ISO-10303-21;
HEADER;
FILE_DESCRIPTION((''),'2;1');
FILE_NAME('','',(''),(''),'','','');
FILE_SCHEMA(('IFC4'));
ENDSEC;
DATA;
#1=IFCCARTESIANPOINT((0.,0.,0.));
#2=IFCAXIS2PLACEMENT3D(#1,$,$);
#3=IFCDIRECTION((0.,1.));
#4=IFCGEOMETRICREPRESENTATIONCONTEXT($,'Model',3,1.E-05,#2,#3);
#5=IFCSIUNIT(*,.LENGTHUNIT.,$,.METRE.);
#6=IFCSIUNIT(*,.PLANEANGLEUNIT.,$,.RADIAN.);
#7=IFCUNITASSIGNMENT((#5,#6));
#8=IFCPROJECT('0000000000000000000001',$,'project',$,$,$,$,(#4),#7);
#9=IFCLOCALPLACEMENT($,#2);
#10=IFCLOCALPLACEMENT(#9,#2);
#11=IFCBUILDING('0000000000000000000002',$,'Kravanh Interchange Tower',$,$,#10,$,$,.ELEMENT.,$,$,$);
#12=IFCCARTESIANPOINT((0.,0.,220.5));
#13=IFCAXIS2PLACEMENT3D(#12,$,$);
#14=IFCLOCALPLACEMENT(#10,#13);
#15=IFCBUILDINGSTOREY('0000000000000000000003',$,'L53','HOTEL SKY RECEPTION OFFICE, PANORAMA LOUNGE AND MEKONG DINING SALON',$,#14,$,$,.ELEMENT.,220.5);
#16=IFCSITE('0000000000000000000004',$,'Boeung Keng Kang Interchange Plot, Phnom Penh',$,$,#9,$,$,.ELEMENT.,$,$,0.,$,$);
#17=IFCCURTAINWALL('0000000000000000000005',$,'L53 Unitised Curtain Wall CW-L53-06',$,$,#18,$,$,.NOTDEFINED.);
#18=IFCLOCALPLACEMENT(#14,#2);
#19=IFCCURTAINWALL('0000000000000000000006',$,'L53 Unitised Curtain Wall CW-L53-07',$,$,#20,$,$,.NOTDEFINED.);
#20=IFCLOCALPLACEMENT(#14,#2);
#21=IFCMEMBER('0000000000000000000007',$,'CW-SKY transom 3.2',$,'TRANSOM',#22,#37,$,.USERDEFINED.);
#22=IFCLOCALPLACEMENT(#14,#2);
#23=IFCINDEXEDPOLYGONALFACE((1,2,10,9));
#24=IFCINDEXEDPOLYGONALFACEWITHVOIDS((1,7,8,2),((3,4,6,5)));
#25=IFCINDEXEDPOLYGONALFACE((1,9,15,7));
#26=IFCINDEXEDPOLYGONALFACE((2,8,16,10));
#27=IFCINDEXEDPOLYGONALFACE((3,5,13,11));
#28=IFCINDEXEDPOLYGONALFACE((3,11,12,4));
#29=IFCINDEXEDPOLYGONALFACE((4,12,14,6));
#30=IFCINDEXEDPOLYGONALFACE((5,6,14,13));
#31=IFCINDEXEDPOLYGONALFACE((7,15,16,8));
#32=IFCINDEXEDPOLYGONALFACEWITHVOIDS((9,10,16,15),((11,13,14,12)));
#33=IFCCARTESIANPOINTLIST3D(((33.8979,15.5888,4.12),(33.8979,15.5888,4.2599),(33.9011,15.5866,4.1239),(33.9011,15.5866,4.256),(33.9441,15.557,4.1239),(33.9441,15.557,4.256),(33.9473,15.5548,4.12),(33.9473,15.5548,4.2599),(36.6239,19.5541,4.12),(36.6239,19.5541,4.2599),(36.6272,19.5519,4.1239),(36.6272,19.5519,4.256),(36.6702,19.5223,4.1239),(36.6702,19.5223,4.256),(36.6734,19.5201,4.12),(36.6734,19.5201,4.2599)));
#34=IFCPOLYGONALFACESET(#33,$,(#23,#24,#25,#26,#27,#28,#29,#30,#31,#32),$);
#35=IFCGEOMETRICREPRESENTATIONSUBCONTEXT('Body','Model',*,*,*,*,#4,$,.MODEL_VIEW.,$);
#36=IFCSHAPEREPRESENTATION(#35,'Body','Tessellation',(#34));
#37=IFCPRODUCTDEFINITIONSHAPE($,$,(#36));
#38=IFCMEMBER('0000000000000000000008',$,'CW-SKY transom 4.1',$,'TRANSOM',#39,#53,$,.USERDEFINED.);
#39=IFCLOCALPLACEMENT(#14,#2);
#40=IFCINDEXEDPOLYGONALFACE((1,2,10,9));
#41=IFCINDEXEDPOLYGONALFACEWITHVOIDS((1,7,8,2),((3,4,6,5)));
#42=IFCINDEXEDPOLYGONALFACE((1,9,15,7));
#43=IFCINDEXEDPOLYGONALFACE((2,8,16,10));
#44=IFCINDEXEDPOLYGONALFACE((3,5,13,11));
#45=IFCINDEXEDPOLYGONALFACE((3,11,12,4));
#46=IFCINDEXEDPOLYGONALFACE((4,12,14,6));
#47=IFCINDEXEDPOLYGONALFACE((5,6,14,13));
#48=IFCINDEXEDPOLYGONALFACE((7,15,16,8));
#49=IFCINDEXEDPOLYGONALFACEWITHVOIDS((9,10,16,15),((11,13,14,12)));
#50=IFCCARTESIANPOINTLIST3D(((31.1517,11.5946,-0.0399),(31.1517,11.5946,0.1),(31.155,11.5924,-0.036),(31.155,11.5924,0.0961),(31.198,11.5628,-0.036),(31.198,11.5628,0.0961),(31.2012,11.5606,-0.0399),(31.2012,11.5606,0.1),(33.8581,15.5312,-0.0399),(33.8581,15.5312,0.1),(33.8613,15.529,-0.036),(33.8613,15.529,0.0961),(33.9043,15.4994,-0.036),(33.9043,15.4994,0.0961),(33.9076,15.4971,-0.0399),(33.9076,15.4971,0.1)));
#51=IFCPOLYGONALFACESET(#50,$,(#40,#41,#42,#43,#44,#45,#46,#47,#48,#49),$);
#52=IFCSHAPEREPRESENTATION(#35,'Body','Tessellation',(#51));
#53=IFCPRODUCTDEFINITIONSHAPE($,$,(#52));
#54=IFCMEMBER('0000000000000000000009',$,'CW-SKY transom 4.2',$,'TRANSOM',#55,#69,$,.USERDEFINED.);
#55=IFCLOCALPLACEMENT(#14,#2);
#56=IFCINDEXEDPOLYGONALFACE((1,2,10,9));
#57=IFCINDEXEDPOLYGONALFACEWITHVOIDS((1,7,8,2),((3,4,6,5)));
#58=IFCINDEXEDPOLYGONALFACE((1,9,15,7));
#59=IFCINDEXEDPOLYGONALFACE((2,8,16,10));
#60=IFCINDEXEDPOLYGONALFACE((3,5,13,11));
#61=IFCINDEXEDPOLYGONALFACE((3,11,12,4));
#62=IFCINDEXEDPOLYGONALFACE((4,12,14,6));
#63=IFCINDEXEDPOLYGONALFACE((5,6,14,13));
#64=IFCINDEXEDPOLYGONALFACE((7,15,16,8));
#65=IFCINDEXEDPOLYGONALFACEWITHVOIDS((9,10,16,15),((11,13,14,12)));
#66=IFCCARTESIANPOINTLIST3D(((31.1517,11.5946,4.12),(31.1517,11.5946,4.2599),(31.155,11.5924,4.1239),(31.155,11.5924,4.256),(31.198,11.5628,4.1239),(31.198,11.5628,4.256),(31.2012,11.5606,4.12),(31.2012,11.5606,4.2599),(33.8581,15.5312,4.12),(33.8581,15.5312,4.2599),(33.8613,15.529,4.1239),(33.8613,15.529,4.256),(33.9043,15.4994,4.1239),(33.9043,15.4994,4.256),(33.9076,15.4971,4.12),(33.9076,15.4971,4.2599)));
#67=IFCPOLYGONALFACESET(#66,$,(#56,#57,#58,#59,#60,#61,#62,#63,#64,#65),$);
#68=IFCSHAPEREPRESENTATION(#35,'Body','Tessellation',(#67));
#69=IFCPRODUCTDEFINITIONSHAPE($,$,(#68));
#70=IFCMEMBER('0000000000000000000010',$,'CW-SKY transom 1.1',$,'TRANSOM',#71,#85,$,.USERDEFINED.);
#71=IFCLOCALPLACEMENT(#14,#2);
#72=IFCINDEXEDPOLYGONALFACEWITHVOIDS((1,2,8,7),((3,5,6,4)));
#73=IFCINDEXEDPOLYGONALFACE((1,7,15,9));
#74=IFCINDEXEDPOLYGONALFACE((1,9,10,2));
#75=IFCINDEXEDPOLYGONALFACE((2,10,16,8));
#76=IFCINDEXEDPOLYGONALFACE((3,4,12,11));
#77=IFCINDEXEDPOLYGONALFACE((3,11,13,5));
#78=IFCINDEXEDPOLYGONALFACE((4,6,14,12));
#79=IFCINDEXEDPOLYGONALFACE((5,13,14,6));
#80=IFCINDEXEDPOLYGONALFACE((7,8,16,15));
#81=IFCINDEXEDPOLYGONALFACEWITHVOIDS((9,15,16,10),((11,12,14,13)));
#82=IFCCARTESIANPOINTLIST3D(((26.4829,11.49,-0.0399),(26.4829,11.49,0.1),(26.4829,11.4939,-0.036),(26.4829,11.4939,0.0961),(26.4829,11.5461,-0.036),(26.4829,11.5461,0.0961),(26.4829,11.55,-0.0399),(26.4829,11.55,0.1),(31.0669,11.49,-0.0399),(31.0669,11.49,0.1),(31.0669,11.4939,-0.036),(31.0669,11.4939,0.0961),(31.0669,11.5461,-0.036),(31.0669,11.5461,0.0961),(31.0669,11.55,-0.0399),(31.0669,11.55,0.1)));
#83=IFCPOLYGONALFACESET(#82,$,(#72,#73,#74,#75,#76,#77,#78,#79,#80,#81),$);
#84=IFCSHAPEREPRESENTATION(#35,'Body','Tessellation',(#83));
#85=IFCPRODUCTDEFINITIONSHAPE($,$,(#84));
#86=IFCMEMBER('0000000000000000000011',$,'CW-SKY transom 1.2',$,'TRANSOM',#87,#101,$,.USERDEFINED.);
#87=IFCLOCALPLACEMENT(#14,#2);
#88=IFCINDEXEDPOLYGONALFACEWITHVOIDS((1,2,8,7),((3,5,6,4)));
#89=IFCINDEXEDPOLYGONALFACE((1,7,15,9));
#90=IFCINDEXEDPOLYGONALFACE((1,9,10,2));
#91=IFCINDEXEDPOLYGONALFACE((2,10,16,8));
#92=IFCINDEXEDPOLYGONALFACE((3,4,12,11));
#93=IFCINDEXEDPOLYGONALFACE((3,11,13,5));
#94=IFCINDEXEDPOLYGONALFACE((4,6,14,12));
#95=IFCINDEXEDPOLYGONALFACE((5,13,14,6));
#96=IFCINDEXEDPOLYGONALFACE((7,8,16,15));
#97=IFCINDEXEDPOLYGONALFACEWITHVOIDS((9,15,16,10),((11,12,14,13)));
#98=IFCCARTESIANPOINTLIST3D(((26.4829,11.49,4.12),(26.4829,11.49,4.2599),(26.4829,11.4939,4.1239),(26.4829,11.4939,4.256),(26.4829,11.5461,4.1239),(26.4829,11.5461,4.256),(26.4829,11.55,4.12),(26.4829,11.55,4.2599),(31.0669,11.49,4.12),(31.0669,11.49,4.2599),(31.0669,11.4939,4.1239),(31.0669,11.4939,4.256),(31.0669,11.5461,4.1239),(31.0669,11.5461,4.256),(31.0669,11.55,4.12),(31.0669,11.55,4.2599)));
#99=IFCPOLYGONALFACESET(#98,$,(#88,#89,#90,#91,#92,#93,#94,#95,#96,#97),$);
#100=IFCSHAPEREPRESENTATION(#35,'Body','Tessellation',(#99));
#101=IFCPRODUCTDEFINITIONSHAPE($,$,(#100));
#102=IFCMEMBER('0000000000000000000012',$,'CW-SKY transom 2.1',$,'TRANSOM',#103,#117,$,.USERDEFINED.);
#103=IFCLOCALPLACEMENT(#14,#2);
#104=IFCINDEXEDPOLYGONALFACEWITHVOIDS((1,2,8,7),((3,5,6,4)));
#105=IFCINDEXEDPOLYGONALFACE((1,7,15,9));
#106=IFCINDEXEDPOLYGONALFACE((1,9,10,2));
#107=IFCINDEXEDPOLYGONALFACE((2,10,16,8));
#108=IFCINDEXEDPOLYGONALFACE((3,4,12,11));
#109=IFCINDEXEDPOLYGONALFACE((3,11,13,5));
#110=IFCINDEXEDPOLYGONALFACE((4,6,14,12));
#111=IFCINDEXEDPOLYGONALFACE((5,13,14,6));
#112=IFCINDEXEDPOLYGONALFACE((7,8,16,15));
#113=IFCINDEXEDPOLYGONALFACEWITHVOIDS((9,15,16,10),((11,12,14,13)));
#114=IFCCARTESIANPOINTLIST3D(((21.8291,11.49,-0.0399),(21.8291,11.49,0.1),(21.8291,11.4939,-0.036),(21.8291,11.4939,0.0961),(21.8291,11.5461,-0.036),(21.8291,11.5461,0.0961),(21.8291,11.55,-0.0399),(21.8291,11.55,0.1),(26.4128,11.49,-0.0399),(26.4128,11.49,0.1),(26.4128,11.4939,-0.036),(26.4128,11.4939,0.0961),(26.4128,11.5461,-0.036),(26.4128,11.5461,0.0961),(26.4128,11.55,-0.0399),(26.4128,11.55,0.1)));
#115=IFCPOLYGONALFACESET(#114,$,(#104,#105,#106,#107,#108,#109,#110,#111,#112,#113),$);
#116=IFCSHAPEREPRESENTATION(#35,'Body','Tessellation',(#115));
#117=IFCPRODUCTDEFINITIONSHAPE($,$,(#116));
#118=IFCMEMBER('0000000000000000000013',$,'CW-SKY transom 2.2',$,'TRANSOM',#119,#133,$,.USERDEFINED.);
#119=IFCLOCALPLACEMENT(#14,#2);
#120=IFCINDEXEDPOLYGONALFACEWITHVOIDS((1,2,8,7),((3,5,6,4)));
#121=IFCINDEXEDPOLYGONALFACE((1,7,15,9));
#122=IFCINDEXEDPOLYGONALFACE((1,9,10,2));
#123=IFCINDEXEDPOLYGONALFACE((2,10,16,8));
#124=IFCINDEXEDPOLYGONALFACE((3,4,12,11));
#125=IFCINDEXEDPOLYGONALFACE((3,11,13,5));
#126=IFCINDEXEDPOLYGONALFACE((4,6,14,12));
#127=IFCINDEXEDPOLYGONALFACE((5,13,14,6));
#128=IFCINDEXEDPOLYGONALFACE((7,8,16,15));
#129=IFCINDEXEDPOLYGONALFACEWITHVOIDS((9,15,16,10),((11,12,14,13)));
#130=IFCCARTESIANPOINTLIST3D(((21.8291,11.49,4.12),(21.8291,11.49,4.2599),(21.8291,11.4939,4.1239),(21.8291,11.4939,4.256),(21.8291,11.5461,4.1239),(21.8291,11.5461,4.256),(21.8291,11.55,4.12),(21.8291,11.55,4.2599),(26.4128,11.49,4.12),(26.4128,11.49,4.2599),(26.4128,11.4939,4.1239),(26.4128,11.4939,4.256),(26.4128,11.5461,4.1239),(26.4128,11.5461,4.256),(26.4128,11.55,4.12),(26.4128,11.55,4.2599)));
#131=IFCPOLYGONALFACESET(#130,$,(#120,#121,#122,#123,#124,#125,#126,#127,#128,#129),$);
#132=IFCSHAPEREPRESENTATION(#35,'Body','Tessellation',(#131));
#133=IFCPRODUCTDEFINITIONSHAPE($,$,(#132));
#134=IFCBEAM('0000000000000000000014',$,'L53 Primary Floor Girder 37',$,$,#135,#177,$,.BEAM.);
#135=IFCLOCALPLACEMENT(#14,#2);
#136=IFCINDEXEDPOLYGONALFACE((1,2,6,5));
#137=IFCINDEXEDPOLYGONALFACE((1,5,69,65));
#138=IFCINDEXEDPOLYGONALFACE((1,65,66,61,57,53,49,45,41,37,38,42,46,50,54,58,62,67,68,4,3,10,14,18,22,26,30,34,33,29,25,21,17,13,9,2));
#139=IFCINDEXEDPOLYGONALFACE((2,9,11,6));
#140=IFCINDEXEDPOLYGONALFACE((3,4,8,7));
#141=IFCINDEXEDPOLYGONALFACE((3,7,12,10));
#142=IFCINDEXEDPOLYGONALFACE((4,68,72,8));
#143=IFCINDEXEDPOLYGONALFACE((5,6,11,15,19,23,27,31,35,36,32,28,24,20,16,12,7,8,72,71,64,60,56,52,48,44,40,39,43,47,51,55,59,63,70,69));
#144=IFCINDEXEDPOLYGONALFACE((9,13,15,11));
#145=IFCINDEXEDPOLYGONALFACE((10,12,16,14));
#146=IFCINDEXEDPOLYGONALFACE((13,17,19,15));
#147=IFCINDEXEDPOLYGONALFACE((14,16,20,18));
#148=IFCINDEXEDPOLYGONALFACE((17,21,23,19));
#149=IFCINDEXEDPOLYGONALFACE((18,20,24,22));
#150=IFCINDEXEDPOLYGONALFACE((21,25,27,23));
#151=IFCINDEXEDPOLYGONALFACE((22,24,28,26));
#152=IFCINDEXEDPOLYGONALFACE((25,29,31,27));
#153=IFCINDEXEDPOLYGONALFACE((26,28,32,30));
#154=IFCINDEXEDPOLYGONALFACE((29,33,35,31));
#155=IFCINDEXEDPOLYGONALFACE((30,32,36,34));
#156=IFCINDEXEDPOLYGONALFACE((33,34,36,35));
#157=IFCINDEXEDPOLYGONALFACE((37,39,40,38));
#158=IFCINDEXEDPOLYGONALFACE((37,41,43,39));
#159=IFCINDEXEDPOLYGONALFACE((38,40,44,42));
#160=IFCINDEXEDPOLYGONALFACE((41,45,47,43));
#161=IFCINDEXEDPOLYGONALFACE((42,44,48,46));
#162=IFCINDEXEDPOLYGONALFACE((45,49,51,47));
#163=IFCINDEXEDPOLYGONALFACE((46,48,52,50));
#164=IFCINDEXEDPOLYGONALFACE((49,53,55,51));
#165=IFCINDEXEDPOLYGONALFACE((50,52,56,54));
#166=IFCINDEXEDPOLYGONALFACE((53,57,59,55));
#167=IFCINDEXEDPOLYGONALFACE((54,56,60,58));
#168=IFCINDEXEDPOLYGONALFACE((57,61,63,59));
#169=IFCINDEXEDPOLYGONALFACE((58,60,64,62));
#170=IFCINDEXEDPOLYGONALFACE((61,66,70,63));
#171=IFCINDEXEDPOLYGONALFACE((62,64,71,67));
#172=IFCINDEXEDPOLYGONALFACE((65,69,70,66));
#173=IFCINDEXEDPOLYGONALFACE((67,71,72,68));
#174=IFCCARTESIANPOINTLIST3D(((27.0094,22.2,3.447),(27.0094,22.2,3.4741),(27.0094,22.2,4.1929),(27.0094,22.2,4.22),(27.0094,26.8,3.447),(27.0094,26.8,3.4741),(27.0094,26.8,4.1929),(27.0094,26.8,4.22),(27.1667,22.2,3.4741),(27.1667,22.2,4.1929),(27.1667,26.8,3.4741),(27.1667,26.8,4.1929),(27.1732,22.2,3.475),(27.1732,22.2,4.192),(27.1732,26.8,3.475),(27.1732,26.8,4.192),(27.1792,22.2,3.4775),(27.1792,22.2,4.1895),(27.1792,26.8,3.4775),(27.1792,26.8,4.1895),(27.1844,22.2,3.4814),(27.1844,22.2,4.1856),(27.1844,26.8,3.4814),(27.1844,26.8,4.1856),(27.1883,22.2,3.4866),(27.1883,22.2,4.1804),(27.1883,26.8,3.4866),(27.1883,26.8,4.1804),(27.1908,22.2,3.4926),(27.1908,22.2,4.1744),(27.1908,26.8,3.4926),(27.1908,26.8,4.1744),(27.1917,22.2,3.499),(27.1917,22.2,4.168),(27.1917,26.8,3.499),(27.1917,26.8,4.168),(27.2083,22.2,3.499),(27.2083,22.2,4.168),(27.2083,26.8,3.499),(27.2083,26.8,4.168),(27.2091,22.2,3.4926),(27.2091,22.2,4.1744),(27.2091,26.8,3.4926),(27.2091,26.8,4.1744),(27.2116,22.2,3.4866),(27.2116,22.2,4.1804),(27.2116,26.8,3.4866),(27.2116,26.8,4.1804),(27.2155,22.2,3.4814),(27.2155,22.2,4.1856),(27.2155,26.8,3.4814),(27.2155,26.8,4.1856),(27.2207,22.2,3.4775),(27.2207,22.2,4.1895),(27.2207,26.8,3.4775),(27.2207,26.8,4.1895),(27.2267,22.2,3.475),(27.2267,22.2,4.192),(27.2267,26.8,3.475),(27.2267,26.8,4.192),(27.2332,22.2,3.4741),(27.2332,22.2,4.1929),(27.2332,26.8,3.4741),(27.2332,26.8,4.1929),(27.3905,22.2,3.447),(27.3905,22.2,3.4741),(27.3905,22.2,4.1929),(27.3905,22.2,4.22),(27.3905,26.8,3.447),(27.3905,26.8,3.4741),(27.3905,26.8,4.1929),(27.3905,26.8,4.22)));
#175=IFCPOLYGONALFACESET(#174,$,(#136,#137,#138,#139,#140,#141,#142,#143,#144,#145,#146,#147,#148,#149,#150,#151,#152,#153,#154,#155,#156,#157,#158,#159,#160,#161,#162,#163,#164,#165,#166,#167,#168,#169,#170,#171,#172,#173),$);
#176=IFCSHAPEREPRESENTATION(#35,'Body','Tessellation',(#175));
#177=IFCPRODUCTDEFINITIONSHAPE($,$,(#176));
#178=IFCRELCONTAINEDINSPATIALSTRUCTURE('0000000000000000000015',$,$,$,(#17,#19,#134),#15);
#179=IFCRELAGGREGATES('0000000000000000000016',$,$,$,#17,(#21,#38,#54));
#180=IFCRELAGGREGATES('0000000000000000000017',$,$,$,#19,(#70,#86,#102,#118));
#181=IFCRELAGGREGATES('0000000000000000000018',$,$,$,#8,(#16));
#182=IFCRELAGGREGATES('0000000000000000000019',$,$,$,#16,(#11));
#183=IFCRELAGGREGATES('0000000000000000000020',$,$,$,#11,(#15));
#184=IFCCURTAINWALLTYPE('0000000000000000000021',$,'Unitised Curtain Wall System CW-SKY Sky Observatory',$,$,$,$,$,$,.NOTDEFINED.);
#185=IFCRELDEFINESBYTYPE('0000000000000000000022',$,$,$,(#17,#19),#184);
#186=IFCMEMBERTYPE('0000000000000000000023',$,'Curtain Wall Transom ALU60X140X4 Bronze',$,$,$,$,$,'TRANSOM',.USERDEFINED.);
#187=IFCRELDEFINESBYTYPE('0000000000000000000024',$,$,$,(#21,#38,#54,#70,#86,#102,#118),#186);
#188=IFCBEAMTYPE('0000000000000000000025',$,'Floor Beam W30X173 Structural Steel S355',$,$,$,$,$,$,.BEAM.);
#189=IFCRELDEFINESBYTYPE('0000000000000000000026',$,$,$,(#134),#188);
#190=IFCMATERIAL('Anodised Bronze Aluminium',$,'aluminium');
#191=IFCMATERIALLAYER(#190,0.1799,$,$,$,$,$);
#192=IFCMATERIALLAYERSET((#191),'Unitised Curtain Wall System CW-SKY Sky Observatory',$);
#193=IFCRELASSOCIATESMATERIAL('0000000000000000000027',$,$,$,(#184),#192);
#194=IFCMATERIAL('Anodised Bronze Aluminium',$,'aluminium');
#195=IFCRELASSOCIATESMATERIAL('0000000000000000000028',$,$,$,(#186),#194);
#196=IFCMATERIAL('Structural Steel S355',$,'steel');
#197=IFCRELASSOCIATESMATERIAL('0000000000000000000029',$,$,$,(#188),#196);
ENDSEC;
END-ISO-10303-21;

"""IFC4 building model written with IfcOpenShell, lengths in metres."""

from ifc_helpers import new_model, si_unit, direction, frame, origin, origin_2d, place, context, subcontext, project, spatial, hollow_rectangle, i_section, extrude, material, layer, layer_set, material_profile, profile_set, type_object, element, aggregate, save


model = new_model("IFC4")

# Units and contexts
model_context = context("Model", 3, precision=1e-05, world=origin(), true_north=direction((0.0, 1.0)))
body_context = subcontext(model_context, "Body", "Model", "MODEL_VIEW")
ifc_project = project(units=[si_unit("LENGTHUNIT", "METRE"), si_unit("PLANEANGLEUNIT", "RADIAN")], contexts=[model_context])

# Site, building, storey
site_placement = place(None, origin())
site = spatial("IfcSite", under=ifc_project, at=site_placement, Name="Boeung Keng Kang Interchange Plot, Phnom Penh", CompositionType="ELEMENT", RefElevation=0.0)
building_placement = place(site_placement, origin())
building = spatial("IfcBuilding", under=site, at=building_placement, Name="Kravanh Interchange Tower", CompositionType="ELEMENT")
storey_placement = place(building_placement, frame((0.0, 0.0, 220.5)))
storey = spatial("IfcBuildingStorey", under=building, at=storey_placement, Name="L53", Description="HOTEL SKY RECEPTION OFFICE, PANORAMA LOUNGE AND MEKONG DINING SALON", CompositionType="ELEMENT", Elevation=220.5)

# Curtain walls
ifc_material_1 = material(Name="Anodised Bronze Aluminium", Category="aluminium")
ifc_layer_1 = layer(ifc_material_1, 0.1799)
ifc_layer_set_1 = layer_set([ifc_layer_1], Name="Unitised Curtain Wall System CW-SKY Sky Observatory")
curtain_wall_type = type_object("IfcCurtainWallType", Name="Unitised Curtain Wall System CW-SKY Sky Observatory", PredefinedType="NOTDEFINED", material=ifc_layer_set_1)
curtain_wall_1_placement = place(storey_placement, origin())
curtain_wall_1 = element("IfcCurtainWall", 1, at=curtain_wall_1_placement, inside=storey, type_object=curtain_wall_type, Name="L53 Unitised Curtain Wall CW-L53-06", PredefinedType="NOTDEFINED")
curtain_wall_2_placement = place(storey_placement, origin())
curtain_wall_2 = element("IfcCurtainWall", 2, at=curtain_wall_2_placement, inside=storey, type_object=curtain_wall_type, Name="L53 Unitised Curtain Wall CW-L53-07", PredefinedType="NOTDEFINED")

# Members
ifc_material_2 = material(Name="Anodised Bronze Aluminium", Category="aluminium")
ifc_material_profile_1 = material_profile(ifc_material_2, hollow_rectangle(XDim=0.0601, YDim=0.1399, WallThickness=0.0039, at=origin_2d()), Name="ALU60X140X4")
ifc_profile_set_1 = profile_set([ifc_material_profile_1], Name="Anodised Bronze Aluminium")
member_type_1 = type_object("IfcMemberType", Name="Curtain Wall Transom ALU60X140X4 Bronze", ElementType="TRANSOM", PredefinedType="USERDEFINED", material=ifc_profile_set_1)
member_1_placement = place(storey_placement, frame((36.6487, 19.5371, 4.1899), z_axis=(-0.566516, -0.824051, 0.0), x_axis=(0.824051, -0.566516, 0.0)))
member_1 = element("IfcMember", 3, at=member_1_placement, type_object=member_type_1, Name="CW-SKY transom 3.2", ObjectType="TRANSOM", PredefinedType="USERDEFINED", context=body_context, shape_type="SweptSolid", body=[
    extrude(hollow_rectangle(XDim=0.0601, YDim=0.1399, WallThickness=0.0039, at=origin_2d()), origin(), (0.0, 0.0, 1.0), 4.812),
])
member_2_placement = place(storey_placement, frame((33.8828, 15.5142, 0.03), z_axis=(-0.56652, -0.824048, 0.0), x_axis=(0.824048, -0.56652, 0.0)))
member_2 = element("IfcMember", 4, at=member_2_placement, type_object=member_type_1, Name="CW-SKY transom 4.1", ObjectType="TRANSOM", PredefinedType="USERDEFINED", context=body_context, shape_type="SweptSolid", body=[
    extrude(hollow_rectangle(XDim=0.0601, YDim=0.1399, WallThickness=0.0039, at=origin_2d()), origin(), (0.0, 0.0, 1.0), 4.7771),
])
member_3_placement = place(storey_placement, frame((33.8828, 15.5142, 4.1899), z_axis=(-0.56652, -0.824048, 0.0), x_axis=(0.824048, -0.56652, 0.0)))
member_3 = element("IfcMember", 5, at=member_3_placement, type_object=member_type_1, Name="CW-SKY transom 4.2", ObjectType="TRANSOM", PredefinedType="USERDEFINED", context=body_context, shape_type="SweptSolid", body=[
    extrude(hollow_rectangle(XDim=0.0601, YDim=0.1399, WallThickness=0.0039, at=origin_2d()), origin(), (0.0, 0.0, 1.0), 4.7771),
])
member_4_placement = place(storey_placement, frame((31.0669, 11.52, 0.03), z_axis=(-1.0, 0.0, 0.0), x_axis=(0.0, -1.0, 0.0)))
member_4 = element("IfcMember", 6, at=member_4_placement, type_object=member_type_1, Name="CW-SKY transom 1.1", ObjectType="TRANSOM", PredefinedType="USERDEFINED", context=body_context, shape_type="SweptSolid", body=[
    extrude(hollow_rectangle(XDim=0.0601, YDim=0.1399, WallThickness=0.0039, at=origin_2d()), origin(), (0.0, 0.0, 1.0), 4.584),
])
member_5_placement = place(storey_placement, frame((31.0669, 11.52, 4.1899), z_axis=(-1.0, 0.0, 0.0), x_axis=(0.0, -1.0, 0.0)))
member_5 = element("IfcMember", 7, at=member_5_placement, type_object=member_type_1, Name="CW-SKY transom 1.2", ObjectType="TRANSOM", PredefinedType="USERDEFINED", context=body_context, shape_type="SweptSolid", body=[
    extrude(hollow_rectangle(XDim=0.0601, YDim=0.1399, WallThickness=0.0039, at=origin_2d()), origin(), (0.0, 0.0, 1.0), 4.584),
])
member_6_placement = place(storey_placement, frame((26.4128, 11.52, 0.03), z_axis=(-1.0, 0.0, 0.0), x_axis=(0.0, -1.0, 0.0)))
member_6 = element("IfcMember", 8, at=member_6_placement, type_object=member_type_1, Name="CW-SKY transom 2.1", ObjectType="TRANSOM", PredefinedType="USERDEFINED", context=body_context, shape_type="SweptSolid", body=[
    extrude(hollow_rectangle(XDim=0.0601, YDim=0.1399, WallThickness=0.0039, at=origin_2d()), origin(), (0.0, 0.0, 1.0), 4.5837),
])
member_7_placement = place(storey_placement, frame((26.4128, 11.52, 4.1899), z_axis=(-1.0, 0.0, 0.0), x_axis=(0.0, -1.0, 0.0)))
member_7 = element("IfcMember", 9, at=member_7_placement, type_object=member_type_1, Name="CW-SKY transom 2.2", ObjectType="TRANSOM", PredefinedType="USERDEFINED", context=body_context, shape_type="SweptSolid", body=[
    extrude(hollow_rectangle(XDim=0.0601, YDim=0.1399, WallThickness=0.0039, at=origin_2d()), origin(), (0.0, 0.0, 1.0), 4.5837),
])

# Beam
ifc_material_3 = material(Name="Structural Steel S355", Category="steel")
ifc_material_profile_2 = material_profile(ifc_material_3, i_section(OverallWidth=0.3811, OverallDepth=0.7729, WebThickness=0.0166, FlangeThickness=0.0271, FilletRadius=0.0249, at=origin_2d()), Name="W30X173")
ifc_profile_set_2 = profile_set([ifc_material_profile_2], Name="Structural Steel S355")
beam_type_1 = type_object("IfcBeamType", Name="Floor Beam W30X173 Structural Steel S355", PredefinedType="BEAM", material=ifc_profile_set_2)
beam_1_placement = place(storey_placement, frame((27.2, 26.8, 3.8335), z_axis=(0.0, -1.0, 0.0), x_axis=(1.0, 0.0, 0.0)))
element("IfcBeam", 10, at=beam_1_placement, inside=storey, type_object=beam_type_1, Name="L53 Primary Floor Girder 37", PredefinedType="BEAM", context=body_context, shape_type="SweptSolid", body=[
    extrude(i_section(OverallWidth=0.3811, OverallDepth=0.7729, WebThickness=0.0166, FlangeThickness=0.0271, FilletRadius=0.0249, at=origin_2d()), origin(), (0.0, 0.0, 1.0), 4.6001),
])

aggregate(curtain_wall_1, [member_1, member_2, member_3])
aggregate(curtain_wall_2, [member_4, member_5, member_6, member_7])

save(model, "model.ifc")
